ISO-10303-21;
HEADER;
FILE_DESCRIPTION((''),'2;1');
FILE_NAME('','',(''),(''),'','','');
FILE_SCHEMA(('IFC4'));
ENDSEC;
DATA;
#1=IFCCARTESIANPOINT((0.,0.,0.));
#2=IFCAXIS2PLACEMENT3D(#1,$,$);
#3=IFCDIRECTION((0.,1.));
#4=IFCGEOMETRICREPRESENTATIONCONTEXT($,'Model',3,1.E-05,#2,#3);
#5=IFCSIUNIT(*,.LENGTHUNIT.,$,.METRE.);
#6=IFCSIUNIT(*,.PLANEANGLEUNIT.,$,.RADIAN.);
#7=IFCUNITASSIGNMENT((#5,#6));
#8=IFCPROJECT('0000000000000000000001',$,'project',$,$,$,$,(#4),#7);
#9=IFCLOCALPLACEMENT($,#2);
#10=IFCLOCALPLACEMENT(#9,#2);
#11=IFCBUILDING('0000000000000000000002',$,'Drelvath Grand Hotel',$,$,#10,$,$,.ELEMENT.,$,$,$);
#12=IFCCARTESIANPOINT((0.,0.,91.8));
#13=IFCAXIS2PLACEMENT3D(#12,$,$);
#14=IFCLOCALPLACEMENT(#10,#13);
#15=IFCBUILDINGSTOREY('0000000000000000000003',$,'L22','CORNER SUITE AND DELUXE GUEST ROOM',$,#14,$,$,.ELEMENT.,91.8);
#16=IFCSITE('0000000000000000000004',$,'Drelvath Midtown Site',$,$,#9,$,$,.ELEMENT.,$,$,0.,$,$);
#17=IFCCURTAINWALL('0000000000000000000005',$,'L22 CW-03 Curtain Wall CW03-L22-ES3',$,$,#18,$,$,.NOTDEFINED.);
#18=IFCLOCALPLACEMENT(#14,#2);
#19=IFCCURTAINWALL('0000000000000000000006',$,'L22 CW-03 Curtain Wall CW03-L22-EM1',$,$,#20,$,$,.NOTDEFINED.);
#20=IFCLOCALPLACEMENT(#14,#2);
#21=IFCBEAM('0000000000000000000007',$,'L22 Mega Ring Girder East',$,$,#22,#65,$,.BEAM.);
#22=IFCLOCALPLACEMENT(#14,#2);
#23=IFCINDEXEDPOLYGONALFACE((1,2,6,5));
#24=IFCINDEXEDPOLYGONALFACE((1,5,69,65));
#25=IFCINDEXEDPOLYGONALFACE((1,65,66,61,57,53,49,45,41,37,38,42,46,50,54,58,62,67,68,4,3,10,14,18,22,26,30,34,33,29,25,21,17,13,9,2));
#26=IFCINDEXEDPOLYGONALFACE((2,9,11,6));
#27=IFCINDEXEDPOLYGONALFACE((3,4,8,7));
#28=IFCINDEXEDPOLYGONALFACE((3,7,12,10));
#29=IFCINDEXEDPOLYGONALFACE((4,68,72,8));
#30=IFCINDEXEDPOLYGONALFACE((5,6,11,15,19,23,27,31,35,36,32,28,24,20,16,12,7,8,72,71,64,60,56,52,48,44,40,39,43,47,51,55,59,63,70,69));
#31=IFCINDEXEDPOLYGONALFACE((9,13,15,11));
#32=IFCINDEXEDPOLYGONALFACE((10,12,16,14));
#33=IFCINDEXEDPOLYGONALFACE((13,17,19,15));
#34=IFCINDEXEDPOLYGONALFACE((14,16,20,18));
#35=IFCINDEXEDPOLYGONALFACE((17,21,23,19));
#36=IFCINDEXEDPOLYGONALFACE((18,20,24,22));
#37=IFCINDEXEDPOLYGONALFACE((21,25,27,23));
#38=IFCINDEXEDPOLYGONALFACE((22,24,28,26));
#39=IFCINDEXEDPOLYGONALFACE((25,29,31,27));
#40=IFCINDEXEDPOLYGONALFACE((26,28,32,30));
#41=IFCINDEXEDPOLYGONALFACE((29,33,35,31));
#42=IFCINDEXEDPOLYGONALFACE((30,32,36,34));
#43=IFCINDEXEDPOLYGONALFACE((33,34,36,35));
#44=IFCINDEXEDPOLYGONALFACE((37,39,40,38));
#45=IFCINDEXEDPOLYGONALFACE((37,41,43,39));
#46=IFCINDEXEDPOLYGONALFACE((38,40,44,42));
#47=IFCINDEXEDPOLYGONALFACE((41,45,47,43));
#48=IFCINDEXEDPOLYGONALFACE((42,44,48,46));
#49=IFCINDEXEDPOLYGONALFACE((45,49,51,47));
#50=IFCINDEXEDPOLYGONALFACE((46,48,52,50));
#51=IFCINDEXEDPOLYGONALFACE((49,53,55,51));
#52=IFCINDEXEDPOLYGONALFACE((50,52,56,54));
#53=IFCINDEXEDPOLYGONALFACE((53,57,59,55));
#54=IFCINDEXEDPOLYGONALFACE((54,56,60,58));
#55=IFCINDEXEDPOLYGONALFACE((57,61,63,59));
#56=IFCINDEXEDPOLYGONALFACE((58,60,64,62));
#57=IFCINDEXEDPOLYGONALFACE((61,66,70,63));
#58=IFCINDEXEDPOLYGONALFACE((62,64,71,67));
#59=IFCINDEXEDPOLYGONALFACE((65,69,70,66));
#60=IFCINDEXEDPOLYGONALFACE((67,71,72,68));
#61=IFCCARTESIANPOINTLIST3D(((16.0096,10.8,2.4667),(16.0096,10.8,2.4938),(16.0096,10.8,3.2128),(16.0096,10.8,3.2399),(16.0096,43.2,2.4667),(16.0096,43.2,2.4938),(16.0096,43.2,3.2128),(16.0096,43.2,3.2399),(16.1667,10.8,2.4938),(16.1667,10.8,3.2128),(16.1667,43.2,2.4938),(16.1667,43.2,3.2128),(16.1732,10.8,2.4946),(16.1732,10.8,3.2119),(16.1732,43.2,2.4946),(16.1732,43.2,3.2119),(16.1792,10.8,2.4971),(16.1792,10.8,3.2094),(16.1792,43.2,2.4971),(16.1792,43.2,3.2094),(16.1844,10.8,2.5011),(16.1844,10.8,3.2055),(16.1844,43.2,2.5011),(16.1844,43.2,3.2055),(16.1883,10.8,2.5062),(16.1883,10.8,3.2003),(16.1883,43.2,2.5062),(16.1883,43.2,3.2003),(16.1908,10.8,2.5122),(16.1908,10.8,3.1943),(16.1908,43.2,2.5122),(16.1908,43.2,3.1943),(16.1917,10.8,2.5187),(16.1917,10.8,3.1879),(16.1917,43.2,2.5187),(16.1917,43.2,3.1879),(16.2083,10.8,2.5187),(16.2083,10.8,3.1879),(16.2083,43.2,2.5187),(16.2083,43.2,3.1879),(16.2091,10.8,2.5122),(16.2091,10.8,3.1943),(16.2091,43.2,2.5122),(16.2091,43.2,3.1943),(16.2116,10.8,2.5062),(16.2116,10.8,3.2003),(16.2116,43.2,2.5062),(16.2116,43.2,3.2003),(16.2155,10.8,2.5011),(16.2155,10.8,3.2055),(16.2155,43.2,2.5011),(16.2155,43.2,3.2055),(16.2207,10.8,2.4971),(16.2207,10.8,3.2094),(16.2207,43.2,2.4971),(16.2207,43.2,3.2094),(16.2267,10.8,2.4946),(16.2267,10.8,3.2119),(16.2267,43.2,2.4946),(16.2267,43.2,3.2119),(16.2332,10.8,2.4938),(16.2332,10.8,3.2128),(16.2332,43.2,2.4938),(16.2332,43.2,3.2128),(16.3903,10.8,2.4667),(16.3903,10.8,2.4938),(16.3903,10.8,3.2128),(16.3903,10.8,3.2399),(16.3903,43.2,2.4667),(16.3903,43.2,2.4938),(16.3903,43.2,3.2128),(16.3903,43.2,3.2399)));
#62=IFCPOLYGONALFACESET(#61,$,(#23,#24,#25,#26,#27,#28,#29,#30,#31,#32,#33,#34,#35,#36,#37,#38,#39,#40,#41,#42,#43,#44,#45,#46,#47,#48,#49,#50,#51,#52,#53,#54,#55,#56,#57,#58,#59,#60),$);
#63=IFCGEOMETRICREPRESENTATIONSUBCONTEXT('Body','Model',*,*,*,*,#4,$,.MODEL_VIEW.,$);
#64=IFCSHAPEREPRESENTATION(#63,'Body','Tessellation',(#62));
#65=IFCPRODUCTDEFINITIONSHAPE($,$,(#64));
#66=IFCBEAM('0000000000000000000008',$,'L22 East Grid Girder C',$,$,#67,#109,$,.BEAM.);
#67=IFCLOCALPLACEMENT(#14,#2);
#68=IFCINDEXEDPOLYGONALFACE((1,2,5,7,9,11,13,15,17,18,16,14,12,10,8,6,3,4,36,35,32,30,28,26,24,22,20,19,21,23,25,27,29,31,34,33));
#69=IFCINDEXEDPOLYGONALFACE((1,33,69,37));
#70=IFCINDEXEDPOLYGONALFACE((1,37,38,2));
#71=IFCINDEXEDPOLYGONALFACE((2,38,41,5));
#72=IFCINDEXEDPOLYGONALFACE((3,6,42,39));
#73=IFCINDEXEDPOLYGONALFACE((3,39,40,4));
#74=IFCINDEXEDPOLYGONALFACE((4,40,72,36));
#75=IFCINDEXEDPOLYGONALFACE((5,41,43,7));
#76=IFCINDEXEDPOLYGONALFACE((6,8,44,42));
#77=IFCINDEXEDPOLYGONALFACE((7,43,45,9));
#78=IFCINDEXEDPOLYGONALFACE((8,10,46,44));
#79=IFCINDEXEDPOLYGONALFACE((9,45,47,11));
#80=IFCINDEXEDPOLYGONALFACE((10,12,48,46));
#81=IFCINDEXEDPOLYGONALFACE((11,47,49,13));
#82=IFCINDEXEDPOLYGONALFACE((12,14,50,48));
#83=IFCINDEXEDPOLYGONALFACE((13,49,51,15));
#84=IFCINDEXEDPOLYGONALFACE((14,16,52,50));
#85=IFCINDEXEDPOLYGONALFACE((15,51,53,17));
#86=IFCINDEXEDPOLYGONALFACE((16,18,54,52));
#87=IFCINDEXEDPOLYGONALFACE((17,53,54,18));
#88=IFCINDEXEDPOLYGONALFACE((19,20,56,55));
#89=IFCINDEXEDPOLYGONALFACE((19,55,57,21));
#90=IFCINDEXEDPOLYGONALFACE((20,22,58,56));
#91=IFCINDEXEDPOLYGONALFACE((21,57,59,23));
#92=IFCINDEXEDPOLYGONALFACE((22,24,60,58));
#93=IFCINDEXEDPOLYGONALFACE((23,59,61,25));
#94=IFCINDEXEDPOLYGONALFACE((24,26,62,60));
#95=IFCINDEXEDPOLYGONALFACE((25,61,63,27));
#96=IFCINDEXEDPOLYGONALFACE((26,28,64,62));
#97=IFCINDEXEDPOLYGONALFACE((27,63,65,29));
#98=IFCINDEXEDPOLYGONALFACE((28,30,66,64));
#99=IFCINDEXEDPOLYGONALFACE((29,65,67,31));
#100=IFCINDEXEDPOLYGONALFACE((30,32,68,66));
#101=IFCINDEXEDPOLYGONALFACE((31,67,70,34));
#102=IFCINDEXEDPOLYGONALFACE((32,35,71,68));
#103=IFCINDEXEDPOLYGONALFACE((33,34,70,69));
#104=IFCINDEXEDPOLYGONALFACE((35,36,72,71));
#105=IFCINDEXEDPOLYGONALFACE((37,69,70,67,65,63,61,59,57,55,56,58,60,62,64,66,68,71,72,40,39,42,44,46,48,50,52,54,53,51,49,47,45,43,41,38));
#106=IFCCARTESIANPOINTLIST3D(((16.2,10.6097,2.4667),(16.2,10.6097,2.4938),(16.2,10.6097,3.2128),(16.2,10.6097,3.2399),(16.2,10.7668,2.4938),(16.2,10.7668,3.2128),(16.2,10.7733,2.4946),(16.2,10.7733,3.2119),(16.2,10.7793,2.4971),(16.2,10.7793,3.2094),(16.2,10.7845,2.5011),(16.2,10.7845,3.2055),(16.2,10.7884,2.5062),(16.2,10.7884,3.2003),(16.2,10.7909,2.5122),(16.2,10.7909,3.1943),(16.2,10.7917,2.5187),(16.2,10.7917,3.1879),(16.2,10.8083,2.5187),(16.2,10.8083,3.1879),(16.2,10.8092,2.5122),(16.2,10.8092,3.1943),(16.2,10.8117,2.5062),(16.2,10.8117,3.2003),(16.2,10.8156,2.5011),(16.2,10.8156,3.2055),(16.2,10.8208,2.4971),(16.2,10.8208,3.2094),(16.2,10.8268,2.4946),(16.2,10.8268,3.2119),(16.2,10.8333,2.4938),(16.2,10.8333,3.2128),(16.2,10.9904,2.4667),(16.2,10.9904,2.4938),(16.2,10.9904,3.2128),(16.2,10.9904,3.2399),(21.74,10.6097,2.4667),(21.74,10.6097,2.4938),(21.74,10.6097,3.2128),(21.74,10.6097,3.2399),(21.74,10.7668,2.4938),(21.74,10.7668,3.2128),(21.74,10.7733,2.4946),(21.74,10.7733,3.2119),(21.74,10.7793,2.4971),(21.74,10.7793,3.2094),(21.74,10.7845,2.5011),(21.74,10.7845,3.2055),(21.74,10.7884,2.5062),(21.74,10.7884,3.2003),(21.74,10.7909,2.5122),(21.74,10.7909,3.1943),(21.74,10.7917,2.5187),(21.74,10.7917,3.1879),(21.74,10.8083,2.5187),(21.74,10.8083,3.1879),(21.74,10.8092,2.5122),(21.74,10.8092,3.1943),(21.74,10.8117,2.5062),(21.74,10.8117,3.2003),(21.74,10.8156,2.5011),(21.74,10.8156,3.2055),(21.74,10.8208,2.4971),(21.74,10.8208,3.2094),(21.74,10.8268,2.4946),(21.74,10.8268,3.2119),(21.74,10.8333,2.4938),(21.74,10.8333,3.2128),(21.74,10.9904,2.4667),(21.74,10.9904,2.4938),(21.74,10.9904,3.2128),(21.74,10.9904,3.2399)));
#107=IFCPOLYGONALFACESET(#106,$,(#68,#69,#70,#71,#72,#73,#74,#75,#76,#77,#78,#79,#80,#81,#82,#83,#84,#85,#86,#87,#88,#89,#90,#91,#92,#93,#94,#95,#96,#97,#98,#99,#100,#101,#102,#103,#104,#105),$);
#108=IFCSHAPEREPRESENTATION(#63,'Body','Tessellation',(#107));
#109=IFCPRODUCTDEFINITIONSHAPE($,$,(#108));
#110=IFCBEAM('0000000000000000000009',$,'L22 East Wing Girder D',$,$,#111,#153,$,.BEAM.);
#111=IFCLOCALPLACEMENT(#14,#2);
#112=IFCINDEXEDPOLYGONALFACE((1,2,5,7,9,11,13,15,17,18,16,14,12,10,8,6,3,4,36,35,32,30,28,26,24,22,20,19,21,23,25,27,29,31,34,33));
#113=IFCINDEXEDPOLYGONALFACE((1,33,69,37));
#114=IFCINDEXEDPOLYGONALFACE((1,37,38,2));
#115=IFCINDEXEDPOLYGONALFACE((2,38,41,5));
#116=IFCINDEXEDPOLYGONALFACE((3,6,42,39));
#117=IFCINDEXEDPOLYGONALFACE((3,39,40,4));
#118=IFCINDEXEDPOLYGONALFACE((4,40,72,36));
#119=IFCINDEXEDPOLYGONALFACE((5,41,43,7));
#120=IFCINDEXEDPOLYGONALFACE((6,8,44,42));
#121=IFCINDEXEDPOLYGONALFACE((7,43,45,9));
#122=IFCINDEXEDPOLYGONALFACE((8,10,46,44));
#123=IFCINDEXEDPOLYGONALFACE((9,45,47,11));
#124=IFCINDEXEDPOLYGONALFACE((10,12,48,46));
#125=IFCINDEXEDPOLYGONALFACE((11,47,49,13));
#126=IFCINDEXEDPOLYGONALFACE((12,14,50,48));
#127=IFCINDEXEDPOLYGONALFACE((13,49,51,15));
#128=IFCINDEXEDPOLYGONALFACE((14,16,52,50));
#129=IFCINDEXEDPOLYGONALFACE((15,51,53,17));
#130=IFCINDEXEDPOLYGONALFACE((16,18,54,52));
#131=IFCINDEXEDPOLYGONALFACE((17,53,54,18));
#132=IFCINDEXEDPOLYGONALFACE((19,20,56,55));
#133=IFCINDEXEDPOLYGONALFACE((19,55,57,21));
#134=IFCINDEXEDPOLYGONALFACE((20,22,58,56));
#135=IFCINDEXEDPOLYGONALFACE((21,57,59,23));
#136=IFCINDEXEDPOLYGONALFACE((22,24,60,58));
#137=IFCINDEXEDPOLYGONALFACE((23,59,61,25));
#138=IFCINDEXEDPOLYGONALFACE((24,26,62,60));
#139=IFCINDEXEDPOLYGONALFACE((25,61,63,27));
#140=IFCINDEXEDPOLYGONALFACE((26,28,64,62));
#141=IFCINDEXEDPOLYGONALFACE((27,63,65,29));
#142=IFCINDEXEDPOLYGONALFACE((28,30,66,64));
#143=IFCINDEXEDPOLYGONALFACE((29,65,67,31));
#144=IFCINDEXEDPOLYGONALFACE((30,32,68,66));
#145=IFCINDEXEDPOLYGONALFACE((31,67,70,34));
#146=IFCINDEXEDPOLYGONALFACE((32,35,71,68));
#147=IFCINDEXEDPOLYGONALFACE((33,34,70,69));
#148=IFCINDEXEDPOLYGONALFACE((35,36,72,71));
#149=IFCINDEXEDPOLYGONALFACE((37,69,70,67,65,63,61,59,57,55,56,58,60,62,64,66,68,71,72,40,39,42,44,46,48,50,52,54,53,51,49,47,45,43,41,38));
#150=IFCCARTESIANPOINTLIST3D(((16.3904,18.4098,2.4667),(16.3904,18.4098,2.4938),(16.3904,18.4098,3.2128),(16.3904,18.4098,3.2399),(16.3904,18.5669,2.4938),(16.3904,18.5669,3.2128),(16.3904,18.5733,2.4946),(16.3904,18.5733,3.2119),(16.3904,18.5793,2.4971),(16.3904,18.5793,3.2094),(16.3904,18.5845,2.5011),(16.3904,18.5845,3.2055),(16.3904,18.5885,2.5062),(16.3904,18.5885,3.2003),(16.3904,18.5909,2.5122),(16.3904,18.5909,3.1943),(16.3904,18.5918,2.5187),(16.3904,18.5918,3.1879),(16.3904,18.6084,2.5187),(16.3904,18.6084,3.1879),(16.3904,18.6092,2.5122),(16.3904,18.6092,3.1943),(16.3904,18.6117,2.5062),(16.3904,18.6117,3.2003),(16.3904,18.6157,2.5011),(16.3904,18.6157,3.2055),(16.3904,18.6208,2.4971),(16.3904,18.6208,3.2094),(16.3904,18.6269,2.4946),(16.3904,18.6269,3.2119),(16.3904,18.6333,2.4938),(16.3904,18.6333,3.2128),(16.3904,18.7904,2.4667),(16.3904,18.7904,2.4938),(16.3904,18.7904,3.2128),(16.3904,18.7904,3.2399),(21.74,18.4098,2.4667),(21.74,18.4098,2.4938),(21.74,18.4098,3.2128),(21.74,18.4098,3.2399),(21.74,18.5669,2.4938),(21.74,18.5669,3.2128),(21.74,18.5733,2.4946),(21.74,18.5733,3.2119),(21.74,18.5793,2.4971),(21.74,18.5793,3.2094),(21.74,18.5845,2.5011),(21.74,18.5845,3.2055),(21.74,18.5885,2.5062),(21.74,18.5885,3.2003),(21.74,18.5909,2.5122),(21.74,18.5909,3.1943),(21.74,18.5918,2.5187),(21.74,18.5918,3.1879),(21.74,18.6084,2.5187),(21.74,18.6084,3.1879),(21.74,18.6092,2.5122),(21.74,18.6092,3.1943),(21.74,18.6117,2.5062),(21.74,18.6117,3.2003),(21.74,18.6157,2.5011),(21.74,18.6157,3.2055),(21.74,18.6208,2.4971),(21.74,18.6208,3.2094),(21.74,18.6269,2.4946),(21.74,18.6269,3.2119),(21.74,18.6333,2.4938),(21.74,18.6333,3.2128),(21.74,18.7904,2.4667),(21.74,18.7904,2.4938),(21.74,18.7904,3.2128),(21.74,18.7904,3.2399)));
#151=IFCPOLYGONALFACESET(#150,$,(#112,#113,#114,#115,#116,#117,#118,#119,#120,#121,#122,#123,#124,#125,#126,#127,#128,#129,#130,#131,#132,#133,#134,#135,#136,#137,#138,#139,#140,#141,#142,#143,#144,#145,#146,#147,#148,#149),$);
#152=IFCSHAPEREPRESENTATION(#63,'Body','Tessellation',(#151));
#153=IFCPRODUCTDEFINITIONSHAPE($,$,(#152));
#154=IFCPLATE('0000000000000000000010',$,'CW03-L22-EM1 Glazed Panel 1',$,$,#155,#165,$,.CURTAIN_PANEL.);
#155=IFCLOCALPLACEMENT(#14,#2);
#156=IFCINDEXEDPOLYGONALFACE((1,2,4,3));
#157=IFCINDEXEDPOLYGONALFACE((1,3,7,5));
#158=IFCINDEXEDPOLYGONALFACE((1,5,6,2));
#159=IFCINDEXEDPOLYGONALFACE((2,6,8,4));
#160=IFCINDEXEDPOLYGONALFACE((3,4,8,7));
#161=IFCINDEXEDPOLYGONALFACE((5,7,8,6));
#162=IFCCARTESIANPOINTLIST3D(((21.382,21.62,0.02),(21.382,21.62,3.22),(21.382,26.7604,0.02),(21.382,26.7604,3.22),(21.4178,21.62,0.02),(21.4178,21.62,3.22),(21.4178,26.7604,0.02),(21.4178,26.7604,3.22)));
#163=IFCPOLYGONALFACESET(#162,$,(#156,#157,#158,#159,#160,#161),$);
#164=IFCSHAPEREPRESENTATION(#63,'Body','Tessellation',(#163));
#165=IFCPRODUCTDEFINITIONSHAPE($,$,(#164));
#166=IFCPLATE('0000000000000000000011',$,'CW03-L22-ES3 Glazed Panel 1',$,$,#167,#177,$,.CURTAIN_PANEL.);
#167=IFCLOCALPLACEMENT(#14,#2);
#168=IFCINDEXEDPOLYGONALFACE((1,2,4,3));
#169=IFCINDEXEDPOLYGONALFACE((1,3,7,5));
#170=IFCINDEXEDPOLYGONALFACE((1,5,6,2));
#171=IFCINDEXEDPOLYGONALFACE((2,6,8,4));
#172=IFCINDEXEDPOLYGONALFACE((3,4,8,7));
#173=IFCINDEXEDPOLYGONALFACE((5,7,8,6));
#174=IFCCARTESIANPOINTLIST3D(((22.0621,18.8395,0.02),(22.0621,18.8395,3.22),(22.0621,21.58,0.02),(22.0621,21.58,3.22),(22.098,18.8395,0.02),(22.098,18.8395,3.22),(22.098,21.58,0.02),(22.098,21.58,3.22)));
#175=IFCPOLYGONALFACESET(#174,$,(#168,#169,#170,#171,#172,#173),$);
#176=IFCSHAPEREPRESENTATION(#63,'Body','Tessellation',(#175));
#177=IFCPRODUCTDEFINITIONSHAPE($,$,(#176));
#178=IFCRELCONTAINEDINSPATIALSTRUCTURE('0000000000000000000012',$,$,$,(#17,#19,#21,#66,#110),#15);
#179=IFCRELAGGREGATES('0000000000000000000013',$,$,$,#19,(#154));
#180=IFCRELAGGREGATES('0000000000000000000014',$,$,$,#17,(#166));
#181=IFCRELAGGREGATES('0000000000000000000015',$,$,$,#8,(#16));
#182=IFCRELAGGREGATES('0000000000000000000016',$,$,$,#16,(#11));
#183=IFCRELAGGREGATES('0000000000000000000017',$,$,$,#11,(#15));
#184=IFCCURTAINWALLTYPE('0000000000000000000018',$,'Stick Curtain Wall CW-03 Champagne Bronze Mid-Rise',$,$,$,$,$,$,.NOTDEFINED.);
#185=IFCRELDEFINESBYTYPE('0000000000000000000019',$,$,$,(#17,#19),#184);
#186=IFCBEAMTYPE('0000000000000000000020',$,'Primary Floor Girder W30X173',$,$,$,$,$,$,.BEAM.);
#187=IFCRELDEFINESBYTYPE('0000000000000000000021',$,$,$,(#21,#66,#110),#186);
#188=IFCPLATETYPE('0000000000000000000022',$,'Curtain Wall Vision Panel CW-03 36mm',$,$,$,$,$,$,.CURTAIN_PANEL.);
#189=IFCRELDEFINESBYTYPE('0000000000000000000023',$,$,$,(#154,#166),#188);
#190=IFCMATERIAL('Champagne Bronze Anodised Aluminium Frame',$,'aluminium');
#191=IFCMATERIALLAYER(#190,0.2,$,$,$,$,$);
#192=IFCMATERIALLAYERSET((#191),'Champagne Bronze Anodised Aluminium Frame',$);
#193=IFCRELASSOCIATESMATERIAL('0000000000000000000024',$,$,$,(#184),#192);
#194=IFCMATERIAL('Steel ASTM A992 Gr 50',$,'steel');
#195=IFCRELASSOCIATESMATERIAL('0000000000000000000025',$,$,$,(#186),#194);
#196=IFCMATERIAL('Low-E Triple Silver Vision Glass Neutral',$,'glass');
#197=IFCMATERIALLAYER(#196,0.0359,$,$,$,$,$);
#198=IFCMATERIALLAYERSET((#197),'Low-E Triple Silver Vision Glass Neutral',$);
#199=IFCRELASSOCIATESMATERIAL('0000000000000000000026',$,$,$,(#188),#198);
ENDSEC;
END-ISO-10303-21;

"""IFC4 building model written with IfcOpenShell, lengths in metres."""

from ifc_helpers import new_model, si_unit, direction, frame, origin, origin_2d, place, context, subcontext, project, spatial, rectangle, i_section, extrude, material, layer, layer_set, material_profile, profile_set, type_object, element, aggregate, save


model = new_model("IFC4")

# Units and contexts
model_context = context("Model", 3, precision=1e-05, world=origin(), true_north=direction((0.0, 1.0)))
body_context = subcontext(model_context, "Body", "Model", "MODEL_VIEW")
ifc_project = project(units=[si_unit("LENGTHUNIT", "METRE"), si_unit("PLANEANGLEUNIT", "RADIAN")], contexts=[model_context])

# Site, building, storey
site_placement = place(None, origin())
site = spatial("IfcSite", under=ifc_project, at=site_placement, Name="Drelvath Midtown Site", CompositionType="ELEMENT", RefElevation=0.0)
building_placement = place(site_placement, origin())
building = spatial("IfcBuilding", under=site, at=building_placement, Name="Drelvath Grand Hotel", CompositionType="ELEMENT")
storey_placement = place(building_placement, frame((0.0, 0.0, 91.8)))
storey = spatial("IfcBuildingStorey", under=building, at=storey_placement, Name="L22", Description="CORNER SUITE AND DELUXE GUEST ROOM", CompositionType="ELEMENT", Elevation=91.8)

# Shared definitions
ifc_material_1 = material(Name="Steel ASTM A992 Gr 50", Category="steel")

# Curtain walls
ifc_material_2 = material(Name="Champagne Bronze Anodised Aluminium Frame", Category="aluminium")
ifc_layer_1 = layer(ifc_material_2, 0.2)
ifc_layer_set_1 = layer_set([ifc_layer_1], Name="Champagne Bronze Anodised Aluminium Frame")
curtain_wall_type = type_object("IfcCurtainWallType", Name="Stick Curtain Wall CW-03 Champagne Bronze Mid-Rise", PredefinedType="NOTDEFINED", material=ifc_layer_set_1)
curtain_wall_1_placement = place(storey_placement, origin())
curtain_wall_1 = element("IfcCurtainWall", 1, at=curtain_wall_1_placement, inside=storey, type_object=curtain_wall_type, Name="L22 CW-03 Curtain Wall CW03-L22-ES3", PredefinedType="NOTDEFINED")
curtain_wall_2_placement = place(storey_placement, origin())
curtain_wall_2 = element("IfcCurtainWall", 2, at=curtain_wall_2_placement, inside=storey, type_object=curtain_wall_type, Name="L22 CW-03 Curtain Wall CW03-L22-EM1", PredefinedType="NOTDEFINED")

# Beams
ifc_material_profile_1 = material_profile(ifc_material_1, i_section(OverallWidth=0.3806, OverallDepth=0.7732, WebThickness=0.0166, FlangeThickness=0.0271, FilletRadius=0.0249, at=origin_2d()), Name="W30X173")
ifc_profile_set_1 = profile_set([ifc_material_profile_1], Name="Steel ASTM A992 Gr 50")
beam_type_1 = type_object("IfcBeamType", Name="Primary Floor Girder W30X173", PredefinedType="BEAM", material=ifc_profile_set_1)
beam_1_placement = place(storey_placement, frame((16.2, 10.8, 2.8533), z_axis=(0.0, 1.0, 0.0), x_axis=(-1.0, 0.0, 0.0)))
element("IfcBeam", 3, at=beam_1_placement, inside=storey, type_object=beam_type_1, Name="L22 Mega Ring Girder East", PredefinedType="BEAM", context=body_context, shape_type="SweptSolid", body=[
    extrude(i_section(OverallWidth=0.3806, OverallDepth=0.7732, WebThickness=0.0166, FlangeThickness=0.0271, FilletRadius=0.0249, at=origin_2d()), origin(), (0.0, 0.0, 1.0), 32.3999),
])
beam_2_placement = place(storey_placement, frame((16.2, 10.8, 2.8533), z_axis=(1.0, 0.0, 0.0), x_axis=(0.0, 1.0, 0.0)))
element("IfcBeam", 4, at=beam_2_placement, inside=storey, type_object=beam_type_1, Name="L22 East Grid Girder C", PredefinedType="BEAM", context=body_context, shape_type="SweptSolid", body=[
    extrude(i_section(OverallWidth=0.3806, OverallDepth=0.7732, WebThickness=0.0166, FlangeThickness=0.0271, FilletRadius=0.0249, at=origin_2d()), origin(), (0.0, 0.0, 1.0), 5.54),
])
beam_3_placement = place(storey_placement, frame((16.3904, 18.6001, 2.8533), z_axis=(1.0, 0.0, 0.0), x_axis=(0.0, 1.0, 0.0)))
element("IfcBeam", 5, at=beam_3_placement, inside=storey, type_object=beam_type_1, Name="L22 East Wing Girder D", PredefinedType="BEAM", context=body_context, shape_type="SweptSolid", body=[
    extrude(i_section(OverallWidth=0.3806, OverallDepth=0.7732, WebThickness=0.0166, FlangeThickness=0.0271, FilletRadius=0.0249, at=origin_2d()), origin(), (0.0, 0.0, 1.0), 5.3496),
])

# Plates
ifc_material_3 = material(Name="Low-E Triple Silver Vision Glass Neutral", Category="glass")
ifc_layer_2 = layer(ifc_material_3, 0.0359)
ifc_layer_set_2 = layer_set([ifc_layer_2], Name="Low-E Triple Silver Vision Glass Neutral")
plate_type = type_object("IfcPlateType", Name="Curtain Wall Vision Panel CW-03 36mm", PredefinedType="CURTAIN_PANEL", material=ifc_layer_set_2)
plate_1_placement = place(storey_placement, frame((21.3999, 24.1902, 0.02), z_axis=(0.0, 0.0, 1.0), x_axis=(0.0, -1.0, 0.0)))
plate_1 = element("IfcPlate", 6, at=plate_1_placement, type_object=plate_type, Name="CW03-L22-EM1 Glazed Panel 1", PredefinedType="CURTAIN_PANEL", context=body_context, shape_type="SweptSolid", body=[
    extrude(rectangle(XDim=5.1404, YDim=0.0359, at=origin_2d()), origin(), (0.0, 0.0, 1.0), 3.2),
])
aggregate(curtain_wall_2, [plate_1])
plate_2_placement = place(storey_placement, frame((22.0801, 20.2097, 0.02), z_axis=(0.0, 0.0, 1.0), x_axis=(0.0, -1.0, 0.0)))
plate_2 = element("IfcPlate", 7, at=plate_2_placement, type_object=plate_type, Name="CW03-L22-ES3 Glazed Panel 1", PredefinedType="CURTAIN_PANEL", context=body_context, shape_type="SweptSolid", body=[
    extrude(rectangle(XDim=2.7405, YDim=0.0359, at=origin_2d()), origin(), (0.0, 0.0, 1.0), 3.2),
])
aggregate(curtain_wall_1, [plate_2])

save(model, "model.ifc")
